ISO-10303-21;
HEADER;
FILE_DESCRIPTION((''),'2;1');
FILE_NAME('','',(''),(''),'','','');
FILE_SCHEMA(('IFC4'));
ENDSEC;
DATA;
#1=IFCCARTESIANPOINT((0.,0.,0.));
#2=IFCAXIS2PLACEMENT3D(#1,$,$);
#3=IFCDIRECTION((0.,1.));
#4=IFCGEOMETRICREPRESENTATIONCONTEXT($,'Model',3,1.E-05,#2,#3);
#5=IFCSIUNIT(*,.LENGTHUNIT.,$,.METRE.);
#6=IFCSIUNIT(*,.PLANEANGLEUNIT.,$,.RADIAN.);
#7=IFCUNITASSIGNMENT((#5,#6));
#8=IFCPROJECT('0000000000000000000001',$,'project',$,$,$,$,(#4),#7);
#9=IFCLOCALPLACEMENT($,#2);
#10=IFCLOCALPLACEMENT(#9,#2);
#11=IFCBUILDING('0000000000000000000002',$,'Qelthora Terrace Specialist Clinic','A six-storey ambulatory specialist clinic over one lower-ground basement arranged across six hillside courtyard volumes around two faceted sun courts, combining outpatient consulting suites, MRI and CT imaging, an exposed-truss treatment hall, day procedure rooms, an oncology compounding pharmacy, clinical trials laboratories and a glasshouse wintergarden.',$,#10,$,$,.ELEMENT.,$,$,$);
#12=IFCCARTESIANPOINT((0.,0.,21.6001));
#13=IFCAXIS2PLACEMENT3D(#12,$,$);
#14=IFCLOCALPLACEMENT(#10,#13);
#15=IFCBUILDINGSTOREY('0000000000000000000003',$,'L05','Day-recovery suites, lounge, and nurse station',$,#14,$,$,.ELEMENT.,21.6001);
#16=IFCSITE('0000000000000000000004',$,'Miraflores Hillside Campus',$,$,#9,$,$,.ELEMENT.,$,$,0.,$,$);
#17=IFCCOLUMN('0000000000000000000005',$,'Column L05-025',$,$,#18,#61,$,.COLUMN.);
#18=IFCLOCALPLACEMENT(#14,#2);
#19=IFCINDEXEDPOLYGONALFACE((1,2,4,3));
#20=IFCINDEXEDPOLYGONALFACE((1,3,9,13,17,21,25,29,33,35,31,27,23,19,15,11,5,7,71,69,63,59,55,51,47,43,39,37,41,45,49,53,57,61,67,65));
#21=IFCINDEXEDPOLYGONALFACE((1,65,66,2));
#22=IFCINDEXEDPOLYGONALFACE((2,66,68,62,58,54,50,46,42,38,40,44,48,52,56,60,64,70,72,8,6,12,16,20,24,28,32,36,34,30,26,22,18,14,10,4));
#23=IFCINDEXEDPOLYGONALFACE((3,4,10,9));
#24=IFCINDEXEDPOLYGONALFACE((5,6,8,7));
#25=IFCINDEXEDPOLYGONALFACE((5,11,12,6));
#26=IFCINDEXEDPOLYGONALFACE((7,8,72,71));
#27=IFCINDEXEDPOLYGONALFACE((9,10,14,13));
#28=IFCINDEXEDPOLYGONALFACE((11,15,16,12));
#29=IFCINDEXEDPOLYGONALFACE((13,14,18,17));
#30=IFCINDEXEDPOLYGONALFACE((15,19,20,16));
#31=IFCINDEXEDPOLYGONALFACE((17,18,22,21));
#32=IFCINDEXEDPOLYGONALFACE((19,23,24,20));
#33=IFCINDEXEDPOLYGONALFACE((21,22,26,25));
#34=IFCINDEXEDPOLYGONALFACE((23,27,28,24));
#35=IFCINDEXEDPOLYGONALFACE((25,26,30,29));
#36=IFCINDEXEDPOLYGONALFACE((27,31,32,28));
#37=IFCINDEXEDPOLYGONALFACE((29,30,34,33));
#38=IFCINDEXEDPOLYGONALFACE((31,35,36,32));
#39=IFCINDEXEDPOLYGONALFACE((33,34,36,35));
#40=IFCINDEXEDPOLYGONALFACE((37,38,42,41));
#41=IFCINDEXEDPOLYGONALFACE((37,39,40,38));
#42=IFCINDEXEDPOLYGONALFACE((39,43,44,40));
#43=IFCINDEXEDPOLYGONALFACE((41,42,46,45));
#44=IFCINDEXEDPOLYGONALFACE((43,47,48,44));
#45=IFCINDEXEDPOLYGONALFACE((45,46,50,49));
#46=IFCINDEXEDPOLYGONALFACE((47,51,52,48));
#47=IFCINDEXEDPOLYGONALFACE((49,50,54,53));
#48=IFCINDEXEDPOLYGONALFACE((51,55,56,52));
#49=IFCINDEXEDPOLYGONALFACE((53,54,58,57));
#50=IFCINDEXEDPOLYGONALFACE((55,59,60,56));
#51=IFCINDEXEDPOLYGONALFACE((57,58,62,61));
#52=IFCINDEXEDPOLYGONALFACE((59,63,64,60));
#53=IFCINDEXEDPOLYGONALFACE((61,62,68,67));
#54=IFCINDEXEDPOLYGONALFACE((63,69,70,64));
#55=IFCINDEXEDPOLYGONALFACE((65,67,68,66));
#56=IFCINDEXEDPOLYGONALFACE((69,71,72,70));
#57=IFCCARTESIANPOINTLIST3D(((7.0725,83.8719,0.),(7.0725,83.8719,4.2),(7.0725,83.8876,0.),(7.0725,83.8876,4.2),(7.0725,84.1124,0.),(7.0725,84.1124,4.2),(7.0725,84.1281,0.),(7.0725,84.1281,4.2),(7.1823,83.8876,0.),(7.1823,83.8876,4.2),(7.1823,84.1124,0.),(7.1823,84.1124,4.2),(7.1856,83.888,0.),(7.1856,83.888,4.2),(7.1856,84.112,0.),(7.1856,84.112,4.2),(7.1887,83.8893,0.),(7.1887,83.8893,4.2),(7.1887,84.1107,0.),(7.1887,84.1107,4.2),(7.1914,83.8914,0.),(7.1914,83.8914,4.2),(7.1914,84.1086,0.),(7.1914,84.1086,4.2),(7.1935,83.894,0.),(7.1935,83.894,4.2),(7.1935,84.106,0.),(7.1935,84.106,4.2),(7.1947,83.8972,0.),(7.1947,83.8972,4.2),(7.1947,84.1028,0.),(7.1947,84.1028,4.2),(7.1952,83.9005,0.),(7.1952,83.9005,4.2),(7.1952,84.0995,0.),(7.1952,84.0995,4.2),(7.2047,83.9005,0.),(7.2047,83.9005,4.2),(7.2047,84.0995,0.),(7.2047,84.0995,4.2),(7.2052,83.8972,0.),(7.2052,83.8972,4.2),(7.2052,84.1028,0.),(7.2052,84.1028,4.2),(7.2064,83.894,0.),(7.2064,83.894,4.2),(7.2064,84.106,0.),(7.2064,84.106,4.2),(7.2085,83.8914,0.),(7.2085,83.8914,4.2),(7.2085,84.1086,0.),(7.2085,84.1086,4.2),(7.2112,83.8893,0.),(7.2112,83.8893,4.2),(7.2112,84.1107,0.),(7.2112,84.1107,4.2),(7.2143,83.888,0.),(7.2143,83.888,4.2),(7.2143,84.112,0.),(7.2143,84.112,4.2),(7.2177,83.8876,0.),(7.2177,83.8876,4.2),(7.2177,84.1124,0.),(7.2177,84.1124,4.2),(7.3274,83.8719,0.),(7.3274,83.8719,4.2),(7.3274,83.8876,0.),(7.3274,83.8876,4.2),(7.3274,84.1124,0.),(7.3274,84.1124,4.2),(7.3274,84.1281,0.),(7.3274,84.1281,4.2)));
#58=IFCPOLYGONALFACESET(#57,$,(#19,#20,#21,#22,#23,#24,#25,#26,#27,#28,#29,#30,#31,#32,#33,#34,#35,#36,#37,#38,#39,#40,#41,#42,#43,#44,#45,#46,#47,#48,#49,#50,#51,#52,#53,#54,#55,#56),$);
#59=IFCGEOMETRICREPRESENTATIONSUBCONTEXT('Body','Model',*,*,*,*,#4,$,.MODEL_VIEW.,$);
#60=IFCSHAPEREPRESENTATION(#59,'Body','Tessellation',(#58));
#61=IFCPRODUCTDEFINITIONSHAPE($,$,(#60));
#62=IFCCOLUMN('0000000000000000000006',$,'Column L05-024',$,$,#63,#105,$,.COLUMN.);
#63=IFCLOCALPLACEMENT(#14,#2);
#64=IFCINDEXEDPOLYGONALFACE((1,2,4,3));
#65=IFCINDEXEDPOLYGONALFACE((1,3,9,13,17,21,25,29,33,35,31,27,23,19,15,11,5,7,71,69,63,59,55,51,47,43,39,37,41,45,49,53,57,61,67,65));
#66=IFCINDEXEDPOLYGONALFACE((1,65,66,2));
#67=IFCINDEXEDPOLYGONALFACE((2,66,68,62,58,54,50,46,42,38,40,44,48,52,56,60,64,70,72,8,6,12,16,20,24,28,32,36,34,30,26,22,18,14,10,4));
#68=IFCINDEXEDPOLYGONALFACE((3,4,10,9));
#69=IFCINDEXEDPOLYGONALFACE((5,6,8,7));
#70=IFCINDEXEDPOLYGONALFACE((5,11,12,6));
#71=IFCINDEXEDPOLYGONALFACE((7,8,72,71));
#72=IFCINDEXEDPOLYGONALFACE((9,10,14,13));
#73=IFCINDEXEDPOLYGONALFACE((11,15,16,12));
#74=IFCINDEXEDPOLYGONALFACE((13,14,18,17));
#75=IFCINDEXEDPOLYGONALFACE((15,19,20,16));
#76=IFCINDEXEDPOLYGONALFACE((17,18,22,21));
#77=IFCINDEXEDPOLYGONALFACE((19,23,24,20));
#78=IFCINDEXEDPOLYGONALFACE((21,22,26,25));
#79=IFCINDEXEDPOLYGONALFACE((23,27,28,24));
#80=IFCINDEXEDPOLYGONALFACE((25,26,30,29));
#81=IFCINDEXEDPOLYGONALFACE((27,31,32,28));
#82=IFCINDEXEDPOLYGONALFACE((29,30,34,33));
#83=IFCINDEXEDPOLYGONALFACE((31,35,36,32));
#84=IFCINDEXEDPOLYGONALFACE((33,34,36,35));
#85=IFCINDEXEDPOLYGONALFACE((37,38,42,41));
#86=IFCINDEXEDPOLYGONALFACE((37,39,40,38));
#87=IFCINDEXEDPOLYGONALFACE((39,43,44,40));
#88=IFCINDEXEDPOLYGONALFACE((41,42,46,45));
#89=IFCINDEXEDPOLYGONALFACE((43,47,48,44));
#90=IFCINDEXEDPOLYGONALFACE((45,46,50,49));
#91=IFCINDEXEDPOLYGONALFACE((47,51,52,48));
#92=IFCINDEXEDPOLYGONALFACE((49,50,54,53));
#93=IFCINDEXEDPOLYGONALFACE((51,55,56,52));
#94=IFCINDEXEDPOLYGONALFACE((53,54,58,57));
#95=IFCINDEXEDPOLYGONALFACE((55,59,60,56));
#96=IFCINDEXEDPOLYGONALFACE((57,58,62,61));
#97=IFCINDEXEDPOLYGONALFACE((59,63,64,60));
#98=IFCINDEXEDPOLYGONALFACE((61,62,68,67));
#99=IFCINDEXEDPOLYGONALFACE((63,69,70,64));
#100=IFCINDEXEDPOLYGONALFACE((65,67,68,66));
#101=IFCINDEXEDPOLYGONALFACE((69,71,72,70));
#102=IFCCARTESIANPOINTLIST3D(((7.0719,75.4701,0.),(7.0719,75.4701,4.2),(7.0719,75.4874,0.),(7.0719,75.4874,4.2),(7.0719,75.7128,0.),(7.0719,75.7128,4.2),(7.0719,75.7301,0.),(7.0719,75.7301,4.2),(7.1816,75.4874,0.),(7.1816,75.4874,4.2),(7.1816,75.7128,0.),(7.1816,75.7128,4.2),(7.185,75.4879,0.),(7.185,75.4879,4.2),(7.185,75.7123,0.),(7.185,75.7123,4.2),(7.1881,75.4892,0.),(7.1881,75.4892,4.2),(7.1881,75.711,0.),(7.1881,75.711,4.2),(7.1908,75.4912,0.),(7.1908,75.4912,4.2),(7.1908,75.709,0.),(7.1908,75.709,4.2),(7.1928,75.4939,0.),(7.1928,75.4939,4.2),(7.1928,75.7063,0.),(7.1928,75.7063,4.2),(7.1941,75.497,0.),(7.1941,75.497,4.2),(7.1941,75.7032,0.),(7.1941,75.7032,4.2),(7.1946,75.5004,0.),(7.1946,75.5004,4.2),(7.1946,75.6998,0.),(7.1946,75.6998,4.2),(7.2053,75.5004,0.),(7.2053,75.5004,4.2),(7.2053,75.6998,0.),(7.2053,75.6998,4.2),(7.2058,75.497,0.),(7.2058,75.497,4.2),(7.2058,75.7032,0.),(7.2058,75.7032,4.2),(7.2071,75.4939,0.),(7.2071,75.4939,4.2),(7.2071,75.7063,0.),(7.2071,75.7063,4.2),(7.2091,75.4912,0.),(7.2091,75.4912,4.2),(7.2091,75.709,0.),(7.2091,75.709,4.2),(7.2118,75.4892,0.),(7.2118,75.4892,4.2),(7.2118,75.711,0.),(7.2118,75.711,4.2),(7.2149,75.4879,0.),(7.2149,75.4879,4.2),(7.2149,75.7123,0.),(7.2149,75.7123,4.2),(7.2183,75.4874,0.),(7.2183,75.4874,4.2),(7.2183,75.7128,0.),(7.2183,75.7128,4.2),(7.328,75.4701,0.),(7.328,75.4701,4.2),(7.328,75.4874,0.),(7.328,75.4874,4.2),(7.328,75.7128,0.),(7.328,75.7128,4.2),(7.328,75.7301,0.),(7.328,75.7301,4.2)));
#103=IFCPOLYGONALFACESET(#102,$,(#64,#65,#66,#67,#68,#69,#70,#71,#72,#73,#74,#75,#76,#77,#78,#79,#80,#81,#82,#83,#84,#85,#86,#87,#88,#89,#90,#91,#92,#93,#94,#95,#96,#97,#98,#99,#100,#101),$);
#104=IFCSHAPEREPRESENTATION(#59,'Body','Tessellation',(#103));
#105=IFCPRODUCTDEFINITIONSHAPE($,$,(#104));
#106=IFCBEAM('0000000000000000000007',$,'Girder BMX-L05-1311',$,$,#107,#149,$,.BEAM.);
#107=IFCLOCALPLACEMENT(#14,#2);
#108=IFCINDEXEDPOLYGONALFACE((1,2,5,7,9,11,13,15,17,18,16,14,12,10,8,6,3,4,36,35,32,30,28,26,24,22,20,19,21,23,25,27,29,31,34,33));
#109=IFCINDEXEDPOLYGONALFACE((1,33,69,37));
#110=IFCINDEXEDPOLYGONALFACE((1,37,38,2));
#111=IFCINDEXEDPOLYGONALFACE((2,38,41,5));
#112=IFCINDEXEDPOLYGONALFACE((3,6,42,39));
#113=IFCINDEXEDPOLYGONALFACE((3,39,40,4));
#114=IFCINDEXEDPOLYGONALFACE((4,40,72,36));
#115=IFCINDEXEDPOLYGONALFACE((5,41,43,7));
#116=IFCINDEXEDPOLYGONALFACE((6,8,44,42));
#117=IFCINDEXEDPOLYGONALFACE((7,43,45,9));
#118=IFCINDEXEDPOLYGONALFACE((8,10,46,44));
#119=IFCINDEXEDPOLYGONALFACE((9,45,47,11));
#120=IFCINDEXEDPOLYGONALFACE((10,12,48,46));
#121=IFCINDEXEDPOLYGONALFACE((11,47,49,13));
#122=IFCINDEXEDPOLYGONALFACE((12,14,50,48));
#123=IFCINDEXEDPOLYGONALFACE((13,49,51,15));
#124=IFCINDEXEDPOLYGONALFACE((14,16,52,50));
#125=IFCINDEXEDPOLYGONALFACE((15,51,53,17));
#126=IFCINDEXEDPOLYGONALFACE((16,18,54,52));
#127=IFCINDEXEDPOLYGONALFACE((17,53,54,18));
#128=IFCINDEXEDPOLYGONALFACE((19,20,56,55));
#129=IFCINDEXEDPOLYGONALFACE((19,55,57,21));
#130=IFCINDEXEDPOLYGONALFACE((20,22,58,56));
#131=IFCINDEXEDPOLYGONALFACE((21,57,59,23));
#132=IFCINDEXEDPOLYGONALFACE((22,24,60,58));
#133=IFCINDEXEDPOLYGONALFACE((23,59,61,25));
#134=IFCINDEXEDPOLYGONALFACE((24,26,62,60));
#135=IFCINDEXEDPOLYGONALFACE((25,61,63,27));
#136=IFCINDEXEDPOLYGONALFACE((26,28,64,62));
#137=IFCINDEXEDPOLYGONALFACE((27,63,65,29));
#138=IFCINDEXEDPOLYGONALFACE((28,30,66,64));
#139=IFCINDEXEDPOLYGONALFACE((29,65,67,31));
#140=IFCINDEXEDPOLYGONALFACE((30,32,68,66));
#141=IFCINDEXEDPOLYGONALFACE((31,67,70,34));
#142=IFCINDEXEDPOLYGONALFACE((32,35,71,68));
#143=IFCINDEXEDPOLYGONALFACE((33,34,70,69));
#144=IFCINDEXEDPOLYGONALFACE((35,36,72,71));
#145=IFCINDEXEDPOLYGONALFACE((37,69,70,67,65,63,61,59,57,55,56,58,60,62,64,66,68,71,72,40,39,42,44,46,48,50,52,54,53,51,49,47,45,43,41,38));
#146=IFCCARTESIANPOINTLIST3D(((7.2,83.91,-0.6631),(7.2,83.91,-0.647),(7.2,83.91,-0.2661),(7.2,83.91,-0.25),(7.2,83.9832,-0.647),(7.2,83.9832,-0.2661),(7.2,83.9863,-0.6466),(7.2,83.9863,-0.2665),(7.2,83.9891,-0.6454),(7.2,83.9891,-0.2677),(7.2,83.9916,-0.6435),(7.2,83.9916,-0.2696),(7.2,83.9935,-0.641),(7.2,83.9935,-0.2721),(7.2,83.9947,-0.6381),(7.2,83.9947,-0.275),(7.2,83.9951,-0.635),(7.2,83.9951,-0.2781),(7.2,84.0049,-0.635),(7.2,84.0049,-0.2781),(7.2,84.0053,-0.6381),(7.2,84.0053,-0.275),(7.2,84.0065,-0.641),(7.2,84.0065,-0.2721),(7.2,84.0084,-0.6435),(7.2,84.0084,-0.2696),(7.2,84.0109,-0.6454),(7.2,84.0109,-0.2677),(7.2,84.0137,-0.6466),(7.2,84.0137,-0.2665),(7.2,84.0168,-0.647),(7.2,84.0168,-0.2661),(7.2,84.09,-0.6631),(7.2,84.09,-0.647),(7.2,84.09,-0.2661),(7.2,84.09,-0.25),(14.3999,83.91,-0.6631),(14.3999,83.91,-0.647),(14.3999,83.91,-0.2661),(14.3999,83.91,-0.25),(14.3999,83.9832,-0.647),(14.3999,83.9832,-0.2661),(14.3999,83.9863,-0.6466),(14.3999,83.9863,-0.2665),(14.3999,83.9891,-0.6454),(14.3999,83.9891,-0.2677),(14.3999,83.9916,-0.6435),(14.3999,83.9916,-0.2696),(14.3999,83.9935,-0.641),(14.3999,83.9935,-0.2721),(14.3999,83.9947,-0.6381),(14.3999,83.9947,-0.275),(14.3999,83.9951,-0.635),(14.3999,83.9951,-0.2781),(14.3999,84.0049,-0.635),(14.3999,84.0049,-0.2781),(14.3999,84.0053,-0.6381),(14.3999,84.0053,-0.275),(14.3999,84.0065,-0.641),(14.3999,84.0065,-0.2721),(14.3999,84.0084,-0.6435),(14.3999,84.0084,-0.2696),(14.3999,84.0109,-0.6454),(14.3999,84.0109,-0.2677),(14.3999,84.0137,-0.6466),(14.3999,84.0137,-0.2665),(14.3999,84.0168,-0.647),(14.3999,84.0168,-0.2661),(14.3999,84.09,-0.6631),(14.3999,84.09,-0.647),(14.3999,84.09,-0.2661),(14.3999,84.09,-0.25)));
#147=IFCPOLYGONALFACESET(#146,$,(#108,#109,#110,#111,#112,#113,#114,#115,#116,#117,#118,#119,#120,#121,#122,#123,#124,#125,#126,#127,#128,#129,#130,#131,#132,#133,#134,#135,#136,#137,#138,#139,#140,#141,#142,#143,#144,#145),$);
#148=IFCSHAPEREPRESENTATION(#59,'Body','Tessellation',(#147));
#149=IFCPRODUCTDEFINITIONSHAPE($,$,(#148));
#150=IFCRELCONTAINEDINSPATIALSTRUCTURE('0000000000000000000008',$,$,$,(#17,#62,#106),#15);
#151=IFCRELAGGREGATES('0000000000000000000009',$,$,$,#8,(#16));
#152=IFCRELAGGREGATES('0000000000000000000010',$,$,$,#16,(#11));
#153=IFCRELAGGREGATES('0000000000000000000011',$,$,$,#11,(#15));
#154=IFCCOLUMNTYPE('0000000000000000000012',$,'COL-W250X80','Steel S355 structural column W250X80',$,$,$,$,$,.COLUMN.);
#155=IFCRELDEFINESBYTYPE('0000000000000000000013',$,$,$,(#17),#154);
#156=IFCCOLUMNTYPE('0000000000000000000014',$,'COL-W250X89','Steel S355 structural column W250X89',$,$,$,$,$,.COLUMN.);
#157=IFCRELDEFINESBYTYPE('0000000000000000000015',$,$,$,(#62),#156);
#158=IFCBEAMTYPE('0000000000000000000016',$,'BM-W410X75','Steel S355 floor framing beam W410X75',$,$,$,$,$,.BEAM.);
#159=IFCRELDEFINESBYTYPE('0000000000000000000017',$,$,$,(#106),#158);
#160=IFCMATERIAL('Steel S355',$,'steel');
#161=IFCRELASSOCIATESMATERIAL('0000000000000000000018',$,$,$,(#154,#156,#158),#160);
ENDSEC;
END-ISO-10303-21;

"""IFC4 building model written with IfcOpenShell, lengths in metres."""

from ifc_helpers import new_model, si_unit, direction, frame, origin, origin_2d, place, context, subcontext, project, spatial, i_section, extrude, material, material_profile, profile_set, type_object, element, save


model = new_model("IFC4")

# Units and contexts
model_context = context("Model", 3, precision=1e-05, world=origin(), true_north=direction((0.0, 1.0)))
body_context = subcontext(model_context, "Body", "Model", "MODEL_VIEW")
ifc_project = project(units=[si_unit("LENGTHUNIT", "METRE"), si_unit("PLANEANGLEUNIT", "RADIAN")], contexts=[model_context])

# Site, building, storey
site_placement = place(None, origin())
site = spatial("IfcSite", under=ifc_project, at=site_placement, Name="Miraflores Hillside Campus", CompositionType="ELEMENT", RefElevation=0.0)
building_placement = place(site_placement, origin())
building = spatial("IfcBuilding", under=site, at=building_placement, Name="Qelthora Terrace Specialist Clinic", Description="A six-storey ambulatory specialist clinic over one lower-ground basement arranged across six hillside courtyard volumes around two faceted sun courts, combining outpatient consulting suites, MRI and CT imaging, an exposed-truss treatment hall, day procedure rooms, an oncology compounding pharmacy, clinical trials laboratories and a glasshouse wintergarden.", CompositionType="ELEMENT")
storey_placement = place(building_placement, frame((0.0, 0.0, 21.6001)))
storey = spatial("IfcBuildingStorey", under=building, at=storey_placement, Name="L05", Description="Day-recovery suites, lounge, and nurse station", CompositionType="ELEMENT", Elevation=21.6001)

# Columns
ifc_material_1 = material(Name="Steel S355", Category="steel")
ifc_material_profile_1 = material_profile(ifc_material_1, i_section(OverallWidth=0.2549, OverallDepth=0.2561, WebThickness=0.0095, FlangeThickness=0.0156, FilletRadius=0.0129, at=origin_2d()), Name="W250X80")
ifc_profile_set_1 = profile_set([ifc_material_profile_1], Name="Steel S355")
column_type_1 = type_object("IfcColumnType", Name="COL-W250X80", Description="Steel S355 structural column W250X80", PredefinedType="COLUMN", material=ifc_profile_set_1)
column_1_placement = place(storey_placement, frame((7.2, 84.0, 0.0), z_axis=(0.0, 0.0, 1.0), x_axis=(1.0, 0.0, 0.0)))
element("IfcColumn", 1, at=column_1_placement, inside=storey, type_object=column_type_1, Name="Column L05-025", PredefinedType="COLUMN", context=body_context, shape_type="SweptSolid", body=[
    extrude(i_section(OverallWidth=0.2549, OverallDepth=0.2561, WebThickness=0.0095, FlangeThickness=0.0156, FilletRadius=0.0129, at=origin_2d()), origin(), (0.0, 0.0, 1.0), 4.2),
])
ifc_material_profile_2 = material_profile(ifc_material_1, i_section(OverallWidth=0.2561, OverallDepth=0.26, WebThickness=0.0107, FlangeThickness=0.0173, FilletRadius=0.0129, at=origin_2d()), Name="W250X89")
ifc_profile_set_2 = profile_set([ifc_material_profile_2], Name="Steel S355")
column_type_2 = type_object("IfcColumnType", Name="COL-W250X89", Description="Steel S355 structural column W250X89", PredefinedType="COLUMN", material=ifc_profile_set_2)
column_2_placement = place(storey_placement, frame((7.2, 75.6001, 0.0), z_axis=(0.0, 0.0, 1.0), x_axis=(1.0, 0.0, 0.0)))
element("IfcColumn", 2, at=column_2_placement, inside=storey, type_object=column_type_2, Name="Column L05-024", PredefinedType="COLUMN", context=body_context, shape_type="SweptSolid", body=[
    extrude(i_section(OverallWidth=0.2561, OverallDepth=0.26, WebThickness=0.0107, FlangeThickness=0.0173, FilletRadius=0.0129, at=origin_2d()), origin(), (0.0, 0.0, 1.0), 4.2),
])

# Beam
ifc_material_profile_3 = material_profile(ifc_material_1, i_section(OverallWidth=0.1799, OverallDepth=0.4131, WebThickness=0.0098, FlangeThickness=0.0161, FilletRadius=0.012, at=origin_2d()), Name="W410X75")
ifc_profile_set_3 = profile_set([ifc_material_profile_3], Name="Steel S355")
beam_type_1 = type_object("IfcBeamType", Name="BM-W410X75", Description="Steel S355 floor framing beam W410X75", PredefinedType="BEAM", material=ifc_profile_set_3)
beam_1_placement = place(storey_placement, frame((7.2, 84.0, -0.4565), z_axis=(1.0, 0.0, 0.0), x_axis=(0.0, 1.0, 0.0)))
element("IfcBeam", 3, at=beam_1_placement, inside=storey, type_object=beam_type_1, Name="Girder BMX-L05-1311", PredefinedType="BEAM", context=body_context, shape_type="SweptSolid", body=[
    extrude(i_section(OverallWidth=0.1799, OverallDepth=0.4131, WebThickness=0.0098, FlangeThickness=0.0161, FilletRadius=0.012, at=origin_2d()), origin(), (0.0, 0.0, 1.0), 7.2),
])

save(model, "model.ifc")
